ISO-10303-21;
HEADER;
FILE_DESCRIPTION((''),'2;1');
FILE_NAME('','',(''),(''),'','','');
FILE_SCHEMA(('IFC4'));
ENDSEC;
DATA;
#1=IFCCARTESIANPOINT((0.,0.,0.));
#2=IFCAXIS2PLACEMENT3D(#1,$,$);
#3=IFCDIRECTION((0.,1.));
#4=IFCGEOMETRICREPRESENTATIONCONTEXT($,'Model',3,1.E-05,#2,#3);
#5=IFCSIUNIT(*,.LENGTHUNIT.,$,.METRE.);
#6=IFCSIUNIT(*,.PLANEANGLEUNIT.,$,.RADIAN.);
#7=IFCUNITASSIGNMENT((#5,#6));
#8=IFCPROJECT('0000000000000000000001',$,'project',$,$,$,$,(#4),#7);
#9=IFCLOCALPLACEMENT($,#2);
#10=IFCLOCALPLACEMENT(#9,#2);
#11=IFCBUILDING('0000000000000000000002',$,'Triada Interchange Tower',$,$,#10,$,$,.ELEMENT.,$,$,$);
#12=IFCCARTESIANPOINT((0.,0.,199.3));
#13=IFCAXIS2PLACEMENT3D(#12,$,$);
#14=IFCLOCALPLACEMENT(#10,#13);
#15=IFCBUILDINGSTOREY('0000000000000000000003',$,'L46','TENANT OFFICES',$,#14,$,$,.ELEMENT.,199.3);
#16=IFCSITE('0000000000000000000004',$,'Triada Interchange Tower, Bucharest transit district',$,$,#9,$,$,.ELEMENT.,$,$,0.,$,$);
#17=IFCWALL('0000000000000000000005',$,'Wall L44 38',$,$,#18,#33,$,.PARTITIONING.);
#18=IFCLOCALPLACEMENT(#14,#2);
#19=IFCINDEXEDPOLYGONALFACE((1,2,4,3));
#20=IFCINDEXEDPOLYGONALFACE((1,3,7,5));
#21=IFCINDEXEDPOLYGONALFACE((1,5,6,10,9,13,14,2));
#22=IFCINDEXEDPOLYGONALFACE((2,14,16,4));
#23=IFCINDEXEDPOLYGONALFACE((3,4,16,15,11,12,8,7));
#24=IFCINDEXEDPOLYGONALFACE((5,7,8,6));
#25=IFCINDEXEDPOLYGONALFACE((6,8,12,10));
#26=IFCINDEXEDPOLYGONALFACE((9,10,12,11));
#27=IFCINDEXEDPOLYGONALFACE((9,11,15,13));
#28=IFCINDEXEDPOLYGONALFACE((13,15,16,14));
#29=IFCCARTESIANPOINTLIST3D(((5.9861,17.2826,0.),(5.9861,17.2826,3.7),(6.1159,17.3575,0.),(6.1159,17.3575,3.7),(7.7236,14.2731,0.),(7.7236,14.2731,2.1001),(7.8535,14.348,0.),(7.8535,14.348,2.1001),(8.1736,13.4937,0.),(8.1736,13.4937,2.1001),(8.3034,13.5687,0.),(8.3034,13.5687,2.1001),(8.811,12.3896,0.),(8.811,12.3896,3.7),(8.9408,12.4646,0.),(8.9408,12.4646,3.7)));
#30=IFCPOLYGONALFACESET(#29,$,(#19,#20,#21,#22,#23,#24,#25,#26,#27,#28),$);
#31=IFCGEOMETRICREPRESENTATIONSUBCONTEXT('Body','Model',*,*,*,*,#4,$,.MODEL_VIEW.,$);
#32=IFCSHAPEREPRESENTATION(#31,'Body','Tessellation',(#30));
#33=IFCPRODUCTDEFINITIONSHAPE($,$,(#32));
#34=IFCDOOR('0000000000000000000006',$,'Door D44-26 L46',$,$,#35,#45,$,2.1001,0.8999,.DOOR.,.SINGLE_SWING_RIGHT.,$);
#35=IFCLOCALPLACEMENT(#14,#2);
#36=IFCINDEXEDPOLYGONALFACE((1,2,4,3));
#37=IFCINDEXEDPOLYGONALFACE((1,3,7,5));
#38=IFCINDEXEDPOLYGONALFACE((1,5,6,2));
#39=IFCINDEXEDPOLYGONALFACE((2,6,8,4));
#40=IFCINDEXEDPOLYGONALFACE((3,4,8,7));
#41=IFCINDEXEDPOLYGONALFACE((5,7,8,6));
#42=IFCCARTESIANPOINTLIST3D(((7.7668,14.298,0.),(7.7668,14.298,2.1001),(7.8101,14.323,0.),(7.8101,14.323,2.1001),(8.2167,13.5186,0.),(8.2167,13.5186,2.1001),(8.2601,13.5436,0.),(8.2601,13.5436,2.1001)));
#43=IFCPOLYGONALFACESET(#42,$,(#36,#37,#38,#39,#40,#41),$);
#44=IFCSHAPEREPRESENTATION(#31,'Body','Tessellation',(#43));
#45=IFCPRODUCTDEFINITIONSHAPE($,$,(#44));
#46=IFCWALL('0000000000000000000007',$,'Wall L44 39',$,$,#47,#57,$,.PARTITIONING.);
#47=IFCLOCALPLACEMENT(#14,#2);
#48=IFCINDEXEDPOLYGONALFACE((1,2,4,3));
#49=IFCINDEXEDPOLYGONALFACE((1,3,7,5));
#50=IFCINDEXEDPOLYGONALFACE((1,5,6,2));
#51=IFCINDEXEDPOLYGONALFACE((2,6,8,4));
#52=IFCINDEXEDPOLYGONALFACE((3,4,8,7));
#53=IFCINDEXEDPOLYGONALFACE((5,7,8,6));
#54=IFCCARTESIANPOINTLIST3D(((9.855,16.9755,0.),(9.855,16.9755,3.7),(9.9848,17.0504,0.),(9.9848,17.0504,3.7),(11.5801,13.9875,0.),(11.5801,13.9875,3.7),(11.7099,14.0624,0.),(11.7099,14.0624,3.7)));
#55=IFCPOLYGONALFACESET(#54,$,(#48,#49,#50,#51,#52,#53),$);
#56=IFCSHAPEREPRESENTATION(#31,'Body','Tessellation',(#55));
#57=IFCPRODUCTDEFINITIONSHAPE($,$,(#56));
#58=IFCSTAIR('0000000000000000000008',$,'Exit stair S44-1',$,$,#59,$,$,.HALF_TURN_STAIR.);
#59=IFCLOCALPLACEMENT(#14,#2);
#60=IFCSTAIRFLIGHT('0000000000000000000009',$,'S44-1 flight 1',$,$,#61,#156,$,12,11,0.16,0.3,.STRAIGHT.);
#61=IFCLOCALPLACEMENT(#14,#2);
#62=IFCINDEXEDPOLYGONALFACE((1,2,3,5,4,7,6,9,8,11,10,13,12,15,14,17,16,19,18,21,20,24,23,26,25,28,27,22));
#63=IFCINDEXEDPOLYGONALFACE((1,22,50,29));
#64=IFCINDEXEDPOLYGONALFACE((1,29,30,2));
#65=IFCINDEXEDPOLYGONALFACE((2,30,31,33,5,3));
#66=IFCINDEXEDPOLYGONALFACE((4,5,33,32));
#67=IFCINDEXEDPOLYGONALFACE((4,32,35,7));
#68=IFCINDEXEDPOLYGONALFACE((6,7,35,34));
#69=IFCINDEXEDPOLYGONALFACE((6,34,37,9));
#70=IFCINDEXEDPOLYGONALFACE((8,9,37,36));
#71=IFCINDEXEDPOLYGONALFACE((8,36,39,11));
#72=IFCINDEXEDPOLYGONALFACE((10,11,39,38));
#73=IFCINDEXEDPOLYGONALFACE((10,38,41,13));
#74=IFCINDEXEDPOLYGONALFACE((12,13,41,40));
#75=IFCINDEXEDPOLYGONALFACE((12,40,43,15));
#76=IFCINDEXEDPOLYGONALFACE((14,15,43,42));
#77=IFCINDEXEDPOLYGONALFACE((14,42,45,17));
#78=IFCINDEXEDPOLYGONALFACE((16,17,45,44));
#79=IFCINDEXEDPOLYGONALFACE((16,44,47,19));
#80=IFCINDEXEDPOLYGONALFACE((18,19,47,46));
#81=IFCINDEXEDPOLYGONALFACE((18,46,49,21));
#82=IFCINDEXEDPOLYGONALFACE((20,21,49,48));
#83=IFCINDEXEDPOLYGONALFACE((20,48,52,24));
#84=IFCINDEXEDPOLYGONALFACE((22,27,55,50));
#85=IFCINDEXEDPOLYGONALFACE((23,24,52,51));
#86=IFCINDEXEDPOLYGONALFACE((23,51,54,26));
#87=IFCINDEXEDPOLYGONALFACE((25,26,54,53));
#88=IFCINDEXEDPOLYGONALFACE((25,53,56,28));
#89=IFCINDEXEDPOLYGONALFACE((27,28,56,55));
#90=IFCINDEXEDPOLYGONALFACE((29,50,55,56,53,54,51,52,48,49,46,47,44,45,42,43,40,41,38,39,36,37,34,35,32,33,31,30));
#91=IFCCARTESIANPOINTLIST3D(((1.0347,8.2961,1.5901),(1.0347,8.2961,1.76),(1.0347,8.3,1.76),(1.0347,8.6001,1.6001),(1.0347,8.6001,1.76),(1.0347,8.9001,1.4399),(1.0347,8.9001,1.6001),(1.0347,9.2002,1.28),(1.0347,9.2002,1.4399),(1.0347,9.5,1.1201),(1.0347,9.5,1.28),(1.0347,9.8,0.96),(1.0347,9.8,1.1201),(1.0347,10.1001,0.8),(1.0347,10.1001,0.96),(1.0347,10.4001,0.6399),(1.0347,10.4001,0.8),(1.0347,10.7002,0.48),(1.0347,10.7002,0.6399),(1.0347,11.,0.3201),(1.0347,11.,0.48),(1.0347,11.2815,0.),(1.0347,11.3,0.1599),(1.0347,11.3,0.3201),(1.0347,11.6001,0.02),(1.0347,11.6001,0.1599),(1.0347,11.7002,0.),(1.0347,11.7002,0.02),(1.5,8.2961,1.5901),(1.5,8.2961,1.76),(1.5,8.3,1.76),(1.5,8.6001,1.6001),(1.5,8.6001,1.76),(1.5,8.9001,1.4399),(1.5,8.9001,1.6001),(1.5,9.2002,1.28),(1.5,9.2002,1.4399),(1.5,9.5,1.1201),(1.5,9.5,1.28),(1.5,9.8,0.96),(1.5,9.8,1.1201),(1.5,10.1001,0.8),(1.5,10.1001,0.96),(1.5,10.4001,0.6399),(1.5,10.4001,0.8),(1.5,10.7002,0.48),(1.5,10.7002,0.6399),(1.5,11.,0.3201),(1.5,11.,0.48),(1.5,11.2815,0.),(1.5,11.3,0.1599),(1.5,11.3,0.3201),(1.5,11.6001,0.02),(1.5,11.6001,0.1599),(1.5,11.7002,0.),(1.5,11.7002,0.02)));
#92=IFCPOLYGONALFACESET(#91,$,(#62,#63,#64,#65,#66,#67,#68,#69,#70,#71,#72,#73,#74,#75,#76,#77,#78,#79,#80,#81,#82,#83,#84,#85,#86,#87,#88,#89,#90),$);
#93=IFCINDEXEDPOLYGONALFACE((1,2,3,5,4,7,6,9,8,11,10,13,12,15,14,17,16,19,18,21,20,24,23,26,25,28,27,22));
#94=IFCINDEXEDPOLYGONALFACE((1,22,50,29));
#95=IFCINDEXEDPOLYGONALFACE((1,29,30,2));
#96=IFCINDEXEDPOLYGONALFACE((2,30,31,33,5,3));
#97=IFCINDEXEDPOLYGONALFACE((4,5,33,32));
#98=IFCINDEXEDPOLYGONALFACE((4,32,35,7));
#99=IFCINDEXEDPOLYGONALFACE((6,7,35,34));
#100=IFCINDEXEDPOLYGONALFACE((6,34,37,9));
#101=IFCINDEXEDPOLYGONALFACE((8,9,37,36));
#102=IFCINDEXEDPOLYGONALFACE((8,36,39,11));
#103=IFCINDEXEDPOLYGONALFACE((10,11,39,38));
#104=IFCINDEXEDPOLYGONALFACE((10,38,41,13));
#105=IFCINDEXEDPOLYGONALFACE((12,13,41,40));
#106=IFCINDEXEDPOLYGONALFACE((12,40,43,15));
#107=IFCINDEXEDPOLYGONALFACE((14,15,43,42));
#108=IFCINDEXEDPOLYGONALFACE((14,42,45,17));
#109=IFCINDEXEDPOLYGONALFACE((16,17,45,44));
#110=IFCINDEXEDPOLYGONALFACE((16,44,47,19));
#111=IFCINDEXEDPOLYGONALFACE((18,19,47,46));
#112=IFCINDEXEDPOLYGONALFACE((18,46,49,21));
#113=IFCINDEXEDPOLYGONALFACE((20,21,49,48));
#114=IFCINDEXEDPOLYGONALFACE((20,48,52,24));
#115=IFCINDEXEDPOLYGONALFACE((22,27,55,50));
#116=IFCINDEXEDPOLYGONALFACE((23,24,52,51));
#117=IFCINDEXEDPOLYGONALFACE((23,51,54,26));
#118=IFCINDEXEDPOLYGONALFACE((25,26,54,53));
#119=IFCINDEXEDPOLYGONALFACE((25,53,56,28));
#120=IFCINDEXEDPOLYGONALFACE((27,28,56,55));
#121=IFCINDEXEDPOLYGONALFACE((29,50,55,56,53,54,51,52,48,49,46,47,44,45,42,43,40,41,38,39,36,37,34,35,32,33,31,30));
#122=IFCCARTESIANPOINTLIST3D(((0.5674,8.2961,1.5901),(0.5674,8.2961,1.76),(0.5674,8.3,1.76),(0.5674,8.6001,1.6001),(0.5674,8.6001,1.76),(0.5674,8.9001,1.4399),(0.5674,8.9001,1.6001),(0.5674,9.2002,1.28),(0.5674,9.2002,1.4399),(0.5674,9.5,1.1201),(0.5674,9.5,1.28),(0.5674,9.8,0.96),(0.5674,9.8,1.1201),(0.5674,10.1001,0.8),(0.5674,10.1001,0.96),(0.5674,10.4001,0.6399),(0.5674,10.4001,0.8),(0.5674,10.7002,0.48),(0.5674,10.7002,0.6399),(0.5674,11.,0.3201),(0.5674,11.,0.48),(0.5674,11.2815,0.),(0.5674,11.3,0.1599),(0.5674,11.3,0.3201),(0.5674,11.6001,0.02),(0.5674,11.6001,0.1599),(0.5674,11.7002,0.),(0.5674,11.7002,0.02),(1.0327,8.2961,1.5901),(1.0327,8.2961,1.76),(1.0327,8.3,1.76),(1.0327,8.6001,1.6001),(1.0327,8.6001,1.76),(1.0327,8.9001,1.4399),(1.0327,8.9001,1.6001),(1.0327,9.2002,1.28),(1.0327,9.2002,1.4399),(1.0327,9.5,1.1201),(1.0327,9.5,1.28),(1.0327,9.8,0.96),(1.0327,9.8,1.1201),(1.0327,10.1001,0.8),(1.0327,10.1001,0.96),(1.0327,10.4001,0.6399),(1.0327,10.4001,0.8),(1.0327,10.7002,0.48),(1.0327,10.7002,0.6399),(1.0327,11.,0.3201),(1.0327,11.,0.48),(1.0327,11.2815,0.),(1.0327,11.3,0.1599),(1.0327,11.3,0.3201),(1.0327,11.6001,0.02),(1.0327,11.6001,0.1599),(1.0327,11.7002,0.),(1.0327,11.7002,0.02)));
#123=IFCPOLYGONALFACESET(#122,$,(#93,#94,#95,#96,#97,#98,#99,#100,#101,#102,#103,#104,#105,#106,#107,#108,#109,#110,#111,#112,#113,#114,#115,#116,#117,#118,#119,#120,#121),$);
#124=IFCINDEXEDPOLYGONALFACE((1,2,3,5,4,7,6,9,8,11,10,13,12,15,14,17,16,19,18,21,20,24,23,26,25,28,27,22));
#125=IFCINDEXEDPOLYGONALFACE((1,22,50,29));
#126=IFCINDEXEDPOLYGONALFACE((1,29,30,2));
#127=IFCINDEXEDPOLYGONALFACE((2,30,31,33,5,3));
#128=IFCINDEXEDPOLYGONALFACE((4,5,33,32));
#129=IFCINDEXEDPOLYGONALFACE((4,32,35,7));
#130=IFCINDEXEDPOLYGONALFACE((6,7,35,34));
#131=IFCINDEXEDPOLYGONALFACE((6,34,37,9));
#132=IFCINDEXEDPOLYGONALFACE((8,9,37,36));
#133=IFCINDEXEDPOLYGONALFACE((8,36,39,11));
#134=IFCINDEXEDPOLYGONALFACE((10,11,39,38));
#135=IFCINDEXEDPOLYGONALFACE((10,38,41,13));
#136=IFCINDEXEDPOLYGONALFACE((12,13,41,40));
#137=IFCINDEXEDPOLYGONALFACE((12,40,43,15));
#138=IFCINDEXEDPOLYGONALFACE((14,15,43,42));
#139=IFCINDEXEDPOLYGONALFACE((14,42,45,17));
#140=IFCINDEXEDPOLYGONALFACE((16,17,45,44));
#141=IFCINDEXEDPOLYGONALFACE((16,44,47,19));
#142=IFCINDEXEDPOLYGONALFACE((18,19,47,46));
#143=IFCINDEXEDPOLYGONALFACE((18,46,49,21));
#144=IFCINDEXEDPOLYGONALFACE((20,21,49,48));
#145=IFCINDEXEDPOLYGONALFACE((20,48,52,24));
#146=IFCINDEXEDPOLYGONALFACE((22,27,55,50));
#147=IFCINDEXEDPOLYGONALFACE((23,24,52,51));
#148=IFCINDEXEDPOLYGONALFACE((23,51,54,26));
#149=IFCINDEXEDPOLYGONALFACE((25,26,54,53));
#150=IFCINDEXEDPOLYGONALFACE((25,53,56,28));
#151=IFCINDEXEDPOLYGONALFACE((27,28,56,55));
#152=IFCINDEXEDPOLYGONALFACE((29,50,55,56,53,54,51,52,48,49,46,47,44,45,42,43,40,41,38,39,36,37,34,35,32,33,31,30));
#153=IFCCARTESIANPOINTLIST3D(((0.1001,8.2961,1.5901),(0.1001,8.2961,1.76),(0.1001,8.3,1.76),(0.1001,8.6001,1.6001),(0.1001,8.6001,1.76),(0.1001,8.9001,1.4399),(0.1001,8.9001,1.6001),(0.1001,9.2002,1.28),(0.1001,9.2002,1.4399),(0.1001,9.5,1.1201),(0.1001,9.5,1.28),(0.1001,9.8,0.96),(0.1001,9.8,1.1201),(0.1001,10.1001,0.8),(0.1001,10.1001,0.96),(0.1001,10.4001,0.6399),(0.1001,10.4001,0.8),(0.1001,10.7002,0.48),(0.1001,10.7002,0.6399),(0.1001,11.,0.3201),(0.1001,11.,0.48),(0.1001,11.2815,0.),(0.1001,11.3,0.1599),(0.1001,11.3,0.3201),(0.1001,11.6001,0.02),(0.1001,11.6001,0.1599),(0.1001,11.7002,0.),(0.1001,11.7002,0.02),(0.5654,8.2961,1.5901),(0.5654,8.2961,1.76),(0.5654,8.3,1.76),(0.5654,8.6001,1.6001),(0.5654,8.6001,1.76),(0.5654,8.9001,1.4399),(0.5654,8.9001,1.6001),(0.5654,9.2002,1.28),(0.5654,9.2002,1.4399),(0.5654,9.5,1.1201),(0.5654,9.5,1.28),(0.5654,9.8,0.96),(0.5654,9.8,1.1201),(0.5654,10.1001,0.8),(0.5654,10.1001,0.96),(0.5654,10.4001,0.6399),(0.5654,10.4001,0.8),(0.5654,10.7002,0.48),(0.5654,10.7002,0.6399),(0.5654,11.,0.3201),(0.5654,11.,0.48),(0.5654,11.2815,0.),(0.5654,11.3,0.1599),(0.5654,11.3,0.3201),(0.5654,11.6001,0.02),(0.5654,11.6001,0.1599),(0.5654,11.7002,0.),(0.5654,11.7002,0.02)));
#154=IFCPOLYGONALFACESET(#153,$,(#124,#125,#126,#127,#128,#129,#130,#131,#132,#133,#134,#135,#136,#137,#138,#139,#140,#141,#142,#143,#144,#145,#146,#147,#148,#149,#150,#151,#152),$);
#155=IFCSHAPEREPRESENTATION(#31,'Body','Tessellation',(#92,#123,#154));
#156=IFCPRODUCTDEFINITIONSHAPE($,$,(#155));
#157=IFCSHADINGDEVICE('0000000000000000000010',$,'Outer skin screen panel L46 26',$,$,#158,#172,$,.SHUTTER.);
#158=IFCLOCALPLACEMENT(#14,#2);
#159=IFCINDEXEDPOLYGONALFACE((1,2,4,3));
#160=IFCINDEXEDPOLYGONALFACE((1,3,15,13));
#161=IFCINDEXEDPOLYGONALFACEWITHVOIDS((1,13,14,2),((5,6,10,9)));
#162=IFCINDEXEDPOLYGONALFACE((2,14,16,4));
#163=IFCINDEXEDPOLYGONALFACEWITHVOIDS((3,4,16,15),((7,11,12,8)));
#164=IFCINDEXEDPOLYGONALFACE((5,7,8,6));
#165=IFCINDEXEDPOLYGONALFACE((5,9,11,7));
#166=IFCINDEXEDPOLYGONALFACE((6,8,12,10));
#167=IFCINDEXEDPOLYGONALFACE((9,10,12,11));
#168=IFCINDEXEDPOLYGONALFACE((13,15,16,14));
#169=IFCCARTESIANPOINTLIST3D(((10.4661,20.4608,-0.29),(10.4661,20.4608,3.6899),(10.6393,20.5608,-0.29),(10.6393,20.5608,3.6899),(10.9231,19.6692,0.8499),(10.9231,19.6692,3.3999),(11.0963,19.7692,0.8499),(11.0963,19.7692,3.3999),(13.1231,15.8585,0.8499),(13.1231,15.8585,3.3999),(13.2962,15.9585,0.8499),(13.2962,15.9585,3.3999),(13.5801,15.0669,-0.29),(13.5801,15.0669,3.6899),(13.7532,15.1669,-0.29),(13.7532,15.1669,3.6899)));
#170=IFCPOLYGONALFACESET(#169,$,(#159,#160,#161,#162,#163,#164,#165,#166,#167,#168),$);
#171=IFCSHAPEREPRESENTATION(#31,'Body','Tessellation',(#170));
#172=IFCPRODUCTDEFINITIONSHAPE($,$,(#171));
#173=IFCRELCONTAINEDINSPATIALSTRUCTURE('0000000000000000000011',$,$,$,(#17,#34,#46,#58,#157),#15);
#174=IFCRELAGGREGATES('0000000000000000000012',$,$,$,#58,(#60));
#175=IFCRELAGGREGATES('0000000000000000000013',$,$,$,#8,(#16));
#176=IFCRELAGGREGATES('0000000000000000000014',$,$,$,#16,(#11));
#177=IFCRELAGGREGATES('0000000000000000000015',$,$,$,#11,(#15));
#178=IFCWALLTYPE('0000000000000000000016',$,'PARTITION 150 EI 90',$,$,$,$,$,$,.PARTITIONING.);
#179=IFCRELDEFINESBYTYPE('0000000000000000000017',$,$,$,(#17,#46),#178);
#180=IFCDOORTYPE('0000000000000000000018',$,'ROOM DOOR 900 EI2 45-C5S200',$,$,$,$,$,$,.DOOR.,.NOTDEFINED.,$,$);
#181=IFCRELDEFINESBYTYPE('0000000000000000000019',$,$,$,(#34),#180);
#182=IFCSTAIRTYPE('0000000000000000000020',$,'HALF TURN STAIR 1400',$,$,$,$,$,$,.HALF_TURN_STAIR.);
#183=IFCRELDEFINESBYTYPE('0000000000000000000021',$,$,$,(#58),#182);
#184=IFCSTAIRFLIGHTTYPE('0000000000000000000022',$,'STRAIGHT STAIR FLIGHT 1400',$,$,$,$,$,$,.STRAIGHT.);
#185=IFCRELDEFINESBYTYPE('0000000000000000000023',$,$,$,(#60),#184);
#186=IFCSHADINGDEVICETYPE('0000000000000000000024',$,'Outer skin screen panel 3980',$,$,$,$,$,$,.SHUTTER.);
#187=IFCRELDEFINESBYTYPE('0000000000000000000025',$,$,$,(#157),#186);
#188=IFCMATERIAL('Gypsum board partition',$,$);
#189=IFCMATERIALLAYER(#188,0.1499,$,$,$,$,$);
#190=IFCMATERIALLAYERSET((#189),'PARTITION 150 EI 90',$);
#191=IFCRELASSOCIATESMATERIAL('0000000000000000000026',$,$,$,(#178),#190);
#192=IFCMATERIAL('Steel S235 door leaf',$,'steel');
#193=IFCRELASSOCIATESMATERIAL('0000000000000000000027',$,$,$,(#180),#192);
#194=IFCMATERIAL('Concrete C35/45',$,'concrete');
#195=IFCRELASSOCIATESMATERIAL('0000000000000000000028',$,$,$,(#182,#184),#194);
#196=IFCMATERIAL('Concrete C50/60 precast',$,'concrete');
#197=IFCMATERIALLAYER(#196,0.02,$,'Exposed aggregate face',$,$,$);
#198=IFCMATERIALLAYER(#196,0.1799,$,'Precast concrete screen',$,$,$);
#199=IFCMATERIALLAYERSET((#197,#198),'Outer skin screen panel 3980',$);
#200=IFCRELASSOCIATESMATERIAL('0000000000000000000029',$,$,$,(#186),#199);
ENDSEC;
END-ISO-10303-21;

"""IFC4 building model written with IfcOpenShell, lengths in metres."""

from ifc_helpers import new_model, si_unit, direction, frame, frame_2d, origin, place, context, subcontext, project, spatial, polyline, rectangle, outline, extrude, material, layer, layer_set, type_object, element, fill, aggregate, save


model = new_model("IFC4")

# Units and contexts
model_context = context("Model", 3, precision=1e-05, world=origin(), true_north=direction((0.0, 1.0)))
body_context = subcontext(model_context, "Body", "Model", "MODEL_VIEW")
ifc_project = project(units=[si_unit("LENGTHUNIT", "METRE"), si_unit("PLANEANGLEUNIT", "RADIAN")], contexts=[model_context])

# Site, building, storey
site_placement = place(None, origin())
site = spatial("IfcSite", under=ifc_project, at=site_placement, Name="Triada Interchange Tower, Bucharest transit district", CompositionType="ELEMENT", RefElevation=0.0)
building_placement = place(site_placement, origin())
building = spatial("IfcBuilding", under=site, at=building_placement, Name="Triada Interchange Tower", CompositionType="ELEMENT")
storey_placement = place(building_placement, frame((0.0, 0.0, 199.3)))
storey = spatial("IfcBuildingStorey", under=building, at=storey_placement, Name="L46", Description="TENANT OFFICES", CompositionType="ELEMENT", Elevation=199.3)

# Shared definitions
ifc_material_1 = material(Name="Steel S235 door leaf", Category="steel")

# Shared definitions
ifc_material_2 = material(Name="Gypsum board partition")
ifc_layer_1 = layer(ifc_material_2, 0.1499)
ifc_layer_set_1 = layer_set([ifc_layer_1], Name="PARTITION 150 EI 90")
wall_type_1 = type_object("IfcWallType", Name="PARTITION 150 EI 90", PredefinedType="PARTITIONING", material=ifc_layer_set_1)

# Wall, opening, door
wall_1_placement = place(storey_placement, frame((6.051, 17.3201, 0.0), z_axis=(0.0, 0.0, 1.0), x_axis=(0.499992, -0.86603, 0.0)))
wall_1 = element("IfcWall", 1, at=wall_1_placement, inside=storey, type_object=wall_type_1, Name="Wall L44 38", PredefinedType="PARTITIONING", context=body_context, shape_type="SweptSolid", body=[
    extrude(rectangle(XDim=5.6499, YDim=0.1499, at=frame_2d((2.825, 0.0))), origin(), (0.0, 0.0, 1.0), 3.7),
])
opening_1_placement = place(wall_1_placement, frame((3.4751, 0.0, 0.0)))
opening_1 = element("IfcOpeningElement", 2, at=opening_1_placement, cuts=wall_1, PredefinedType="OPENING", context=body_context, shape_type="SweptSolid", body=[
    extrude(rectangle(XDim=0.8999, YDim=2.1001, at=frame_2d((0.45, 1.05))), frame((0.0, 0.085, 0.0), z_axis=(0.0, -1.0, 0.0), x_axis=(1.0, 0.0, 0.0)), (0.0, 0.0, 1.0), 0.1699),
])
door_type_1 = type_object("IfcDoorType", Name="ROOM DOOR 900 EI2 45-C5S200", OperationType="NOTDEFINED", PredefinedType="DOOR", material=ifc_material_1)
door_1_placement = place(opening_1_placement, origin())
door_1 = element("IfcDoor", 3, at=door_1_placement, inside=storey, type_object=door_type_1, Name="Door D44-26 L46", OperationType="SINGLE_SWING_RIGHT", OverallHeight=2.1001, OverallWidth=0.8999, PredefinedType="DOOR", context=body_context, shape_type="SweptSolid", body=[
    extrude(rectangle(XDim=0.8999, YDim=2.1001, at=frame_2d((0.45, 1.05))), frame((0.0, 0.0249, 0.0), z_axis=(0.0, -1.0, 0.0), x_axis=(1.0, 0.0, 0.0)), (0.0, 0.0, 1.0), 0.05),
])
fill(opening_1, door_1)

# Wall
wall_2_placement = place(storey_placement, frame((9.9199, 17.0129, 0.0), z_axis=(0.0, 0.0, 1.0), x_axis=(0.49999, -0.866031, 0.0)))
element("IfcWall", 4, at=wall_2_placement, inside=storey, type_object=wall_type_1, Name="Wall L44 39", PredefinedType="PARTITIONING", context=body_context, shape_type="SweptSolid", body=[
    extrude(rectangle(XDim=3.4502, YDim=0.1499, at=frame_2d((1.7251, 0.0))), origin(), (0.0, 0.0, 1.0), 3.7),
])

# Stair, stair flight
ifc_material_3 = material(Name="Concrete C35/45", Category="concrete")
stair_type = type_object("IfcStairType", Name="HALF TURN STAIR 1400", PredefinedType="HALF_TURN_STAIR", material=ifc_material_3)
stair_placement = place(storey_placement, origin())
stair = element("IfcStair", 5, at=stair_placement, inside=storey, type_object=stair_type, Name="Exit stair S44-1", PredefinedType="HALF_TURN_STAIR")
stair_flight_type = type_object("IfcStairFlightType", Name="STRAIGHT STAIR FLIGHT 1400", PredefinedType="STRAIGHT", material=ifc_material_3)
stair_flight_placement = place(storey_placement, frame((0.8, 11.6001, 0.0), z_axis=(0.0, 0.0, 1.0), x_axis=(0.0, -1.0, 0.0)))
stair_flight = element("IfcStairFlight", 6, at=stair_flight_placement, type_object=stair_flight_type, Name="S44-1 flight 1", NumberOfRisers=12, NumberOfTreads=11, PredefinedType="STRAIGHT", RiserHeight=0.16, TreadLength=0.3, context=body_context, shape_type="SweptSolid", body=[
    extrude(outline(polyline([(-0.1001, 0.0), (-0.1001, 0.02), (0.0, 0.02), (0.0, 0.1599), (0.3, 0.1599), (0.3, 0.3201), (0.6001, 0.3201), (0.6001, 0.48), (0.8999, 0.48), (0.8999, 0.6399), (1.2, 0.6399), (1.2, 0.8), (1.5, 0.8), (1.5, 0.96), (1.8, 0.96), (1.8, 1.1201), (2.1001, 1.1201), (2.1001, 1.28), (2.3999, 1.28), (2.3999, 1.4399), (2.7, 1.4399), (2.7, 1.6001), (3.0, 1.6001), (3.0, 1.76), (3.3, 1.76), (3.304, 1.76), (3.304, 1.9199), (3.304, 1.5901), (0.3186, 0.0), (-0.1001, 0.0)])), frame((0.0, 0.7, 0.0), z_axis=(0.0, -1.0, 0.0), x_axis=(1.0, 0.0, 0.0)), (0.0, 0.0, 1.0), 0.4653),
    extrude(outline(polyline([(-0.1001, 0.0), (-0.1001, 0.02), (0.0, 0.02), (0.0, 0.1599), (0.3, 0.1599), (0.3, 0.3201), (0.6001, 0.3201), (0.6001, 0.48), (0.8999, 0.48), (0.8999, 0.6399), (1.2, 0.6399), (1.2, 0.8), (1.5, 0.8), (1.5, 0.96), (1.8, 0.96), (1.8, 1.1201), (2.1001, 1.1201), (2.1001, 1.28), (2.3999, 1.28), (2.3999, 1.4399), (2.7, 1.4399), (2.7, 1.6001), (3.0, 1.6001), (3.0, 1.76), (3.3, 1.76), (3.304, 1.76), (3.304, 1.9199), (3.304, 1.5901), (0.3186, 0.0), (-0.1001, 0.0)])), frame((0.0, 0.2327, 0.0), z_axis=(0.0, -1.0, 0.0), x_axis=(1.0, 0.0, 0.0)), (0.0, 0.0, 1.0), 0.4653),
    extrude(outline(polyline([(-0.1001, 0.0), (-0.1001, 0.02), (0.0, 0.02), (0.0, 0.1599), (0.3, 0.1599), (0.3, 0.3201), (0.6001, 0.3201), (0.6001, 0.48), (0.8999, 0.48), (0.8999, 0.6399), (1.2, 0.6399), (1.2, 0.8), (1.5, 0.8), (1.5, 0.96), (1.8, 0.96), (1.8, 1.1201), (2.1001, 1.1201), (2.1001, 1.28), (2.3999, 1.28), (2.3999, 1.4399), (2.7, 1.4399), (2.7, 1.6001), (3.0, 1.6001), (3.0, 1.76), (3.3, 1.76), (3.304, 1.76), (3.304, 1.9199), (3.304, 1.5901), (0.3186, 0.0), (-0.1001, 0.0)])), frame((0.0, -0.2346, 0.0), z_axis=(0.0, -1.0, 0.0), x_axis=(1.0, 0.0, 0.0)), (0.0, 0.0, 1.0), 0.4653),
])

# Shading device
ifc_material_4 = material(Name="Concrete C50/60 precast", Category="concrete")
ifc_layer_2 = layer(ifc_material_4, 0.02, Name="Exposed aggregate face")
ifc_layer_3 = layer(ifc_material_4, 0.1799, Name="Precast concrete screen")
ifc_layer_set_2 = layer_set([ifc_layer_2, ifc_layer_3], Name="Outer skin screen panel 3980")
shading_device_type = type_object("IfcShadingDeviceType", Name="Outer skin screen panel 3980", PredefinedType="SHUTTER", material=ifc_layer_set_2)
shading_device_placement = place(storey_placement, frame((13.5801, 15.0669, -0.29), z_axis=(0.0, 0.0, 1.0), x_axis=(-0.499971, 0.866042, 0.0)))
element("IfcShadingDevice", 7, at=shading_device_placement, inside=storey, type_object=shading_device_type, Name="Outer skin screen panel L46 26", PredefinedType="SHUTTER", context=body_context, shape_type="SweptSolid", body=[
    extrude(outline(polyline([(0.0, 0.0), (6.2283, 0.0), (6.2283, 3.98), (0.0, 3.98), (0.0, 0.0)]), holes=[polyline([(0.9141, 1.1399), (0.9141, 3.6899), (5.3142, 3.6899), (5.3142, 1.1399), (0.9141, 1.1399)])]), frame((0.0, 0.0, 0.0), z_axis=(0.0, -1.0, 0.0), x_axis=(1.0, 0.0, 0.0)), (0.0, 0.0, 1.0), 0.2),
])

aggregate(stair, [stair_flight])

save(model, "model.ifc")
